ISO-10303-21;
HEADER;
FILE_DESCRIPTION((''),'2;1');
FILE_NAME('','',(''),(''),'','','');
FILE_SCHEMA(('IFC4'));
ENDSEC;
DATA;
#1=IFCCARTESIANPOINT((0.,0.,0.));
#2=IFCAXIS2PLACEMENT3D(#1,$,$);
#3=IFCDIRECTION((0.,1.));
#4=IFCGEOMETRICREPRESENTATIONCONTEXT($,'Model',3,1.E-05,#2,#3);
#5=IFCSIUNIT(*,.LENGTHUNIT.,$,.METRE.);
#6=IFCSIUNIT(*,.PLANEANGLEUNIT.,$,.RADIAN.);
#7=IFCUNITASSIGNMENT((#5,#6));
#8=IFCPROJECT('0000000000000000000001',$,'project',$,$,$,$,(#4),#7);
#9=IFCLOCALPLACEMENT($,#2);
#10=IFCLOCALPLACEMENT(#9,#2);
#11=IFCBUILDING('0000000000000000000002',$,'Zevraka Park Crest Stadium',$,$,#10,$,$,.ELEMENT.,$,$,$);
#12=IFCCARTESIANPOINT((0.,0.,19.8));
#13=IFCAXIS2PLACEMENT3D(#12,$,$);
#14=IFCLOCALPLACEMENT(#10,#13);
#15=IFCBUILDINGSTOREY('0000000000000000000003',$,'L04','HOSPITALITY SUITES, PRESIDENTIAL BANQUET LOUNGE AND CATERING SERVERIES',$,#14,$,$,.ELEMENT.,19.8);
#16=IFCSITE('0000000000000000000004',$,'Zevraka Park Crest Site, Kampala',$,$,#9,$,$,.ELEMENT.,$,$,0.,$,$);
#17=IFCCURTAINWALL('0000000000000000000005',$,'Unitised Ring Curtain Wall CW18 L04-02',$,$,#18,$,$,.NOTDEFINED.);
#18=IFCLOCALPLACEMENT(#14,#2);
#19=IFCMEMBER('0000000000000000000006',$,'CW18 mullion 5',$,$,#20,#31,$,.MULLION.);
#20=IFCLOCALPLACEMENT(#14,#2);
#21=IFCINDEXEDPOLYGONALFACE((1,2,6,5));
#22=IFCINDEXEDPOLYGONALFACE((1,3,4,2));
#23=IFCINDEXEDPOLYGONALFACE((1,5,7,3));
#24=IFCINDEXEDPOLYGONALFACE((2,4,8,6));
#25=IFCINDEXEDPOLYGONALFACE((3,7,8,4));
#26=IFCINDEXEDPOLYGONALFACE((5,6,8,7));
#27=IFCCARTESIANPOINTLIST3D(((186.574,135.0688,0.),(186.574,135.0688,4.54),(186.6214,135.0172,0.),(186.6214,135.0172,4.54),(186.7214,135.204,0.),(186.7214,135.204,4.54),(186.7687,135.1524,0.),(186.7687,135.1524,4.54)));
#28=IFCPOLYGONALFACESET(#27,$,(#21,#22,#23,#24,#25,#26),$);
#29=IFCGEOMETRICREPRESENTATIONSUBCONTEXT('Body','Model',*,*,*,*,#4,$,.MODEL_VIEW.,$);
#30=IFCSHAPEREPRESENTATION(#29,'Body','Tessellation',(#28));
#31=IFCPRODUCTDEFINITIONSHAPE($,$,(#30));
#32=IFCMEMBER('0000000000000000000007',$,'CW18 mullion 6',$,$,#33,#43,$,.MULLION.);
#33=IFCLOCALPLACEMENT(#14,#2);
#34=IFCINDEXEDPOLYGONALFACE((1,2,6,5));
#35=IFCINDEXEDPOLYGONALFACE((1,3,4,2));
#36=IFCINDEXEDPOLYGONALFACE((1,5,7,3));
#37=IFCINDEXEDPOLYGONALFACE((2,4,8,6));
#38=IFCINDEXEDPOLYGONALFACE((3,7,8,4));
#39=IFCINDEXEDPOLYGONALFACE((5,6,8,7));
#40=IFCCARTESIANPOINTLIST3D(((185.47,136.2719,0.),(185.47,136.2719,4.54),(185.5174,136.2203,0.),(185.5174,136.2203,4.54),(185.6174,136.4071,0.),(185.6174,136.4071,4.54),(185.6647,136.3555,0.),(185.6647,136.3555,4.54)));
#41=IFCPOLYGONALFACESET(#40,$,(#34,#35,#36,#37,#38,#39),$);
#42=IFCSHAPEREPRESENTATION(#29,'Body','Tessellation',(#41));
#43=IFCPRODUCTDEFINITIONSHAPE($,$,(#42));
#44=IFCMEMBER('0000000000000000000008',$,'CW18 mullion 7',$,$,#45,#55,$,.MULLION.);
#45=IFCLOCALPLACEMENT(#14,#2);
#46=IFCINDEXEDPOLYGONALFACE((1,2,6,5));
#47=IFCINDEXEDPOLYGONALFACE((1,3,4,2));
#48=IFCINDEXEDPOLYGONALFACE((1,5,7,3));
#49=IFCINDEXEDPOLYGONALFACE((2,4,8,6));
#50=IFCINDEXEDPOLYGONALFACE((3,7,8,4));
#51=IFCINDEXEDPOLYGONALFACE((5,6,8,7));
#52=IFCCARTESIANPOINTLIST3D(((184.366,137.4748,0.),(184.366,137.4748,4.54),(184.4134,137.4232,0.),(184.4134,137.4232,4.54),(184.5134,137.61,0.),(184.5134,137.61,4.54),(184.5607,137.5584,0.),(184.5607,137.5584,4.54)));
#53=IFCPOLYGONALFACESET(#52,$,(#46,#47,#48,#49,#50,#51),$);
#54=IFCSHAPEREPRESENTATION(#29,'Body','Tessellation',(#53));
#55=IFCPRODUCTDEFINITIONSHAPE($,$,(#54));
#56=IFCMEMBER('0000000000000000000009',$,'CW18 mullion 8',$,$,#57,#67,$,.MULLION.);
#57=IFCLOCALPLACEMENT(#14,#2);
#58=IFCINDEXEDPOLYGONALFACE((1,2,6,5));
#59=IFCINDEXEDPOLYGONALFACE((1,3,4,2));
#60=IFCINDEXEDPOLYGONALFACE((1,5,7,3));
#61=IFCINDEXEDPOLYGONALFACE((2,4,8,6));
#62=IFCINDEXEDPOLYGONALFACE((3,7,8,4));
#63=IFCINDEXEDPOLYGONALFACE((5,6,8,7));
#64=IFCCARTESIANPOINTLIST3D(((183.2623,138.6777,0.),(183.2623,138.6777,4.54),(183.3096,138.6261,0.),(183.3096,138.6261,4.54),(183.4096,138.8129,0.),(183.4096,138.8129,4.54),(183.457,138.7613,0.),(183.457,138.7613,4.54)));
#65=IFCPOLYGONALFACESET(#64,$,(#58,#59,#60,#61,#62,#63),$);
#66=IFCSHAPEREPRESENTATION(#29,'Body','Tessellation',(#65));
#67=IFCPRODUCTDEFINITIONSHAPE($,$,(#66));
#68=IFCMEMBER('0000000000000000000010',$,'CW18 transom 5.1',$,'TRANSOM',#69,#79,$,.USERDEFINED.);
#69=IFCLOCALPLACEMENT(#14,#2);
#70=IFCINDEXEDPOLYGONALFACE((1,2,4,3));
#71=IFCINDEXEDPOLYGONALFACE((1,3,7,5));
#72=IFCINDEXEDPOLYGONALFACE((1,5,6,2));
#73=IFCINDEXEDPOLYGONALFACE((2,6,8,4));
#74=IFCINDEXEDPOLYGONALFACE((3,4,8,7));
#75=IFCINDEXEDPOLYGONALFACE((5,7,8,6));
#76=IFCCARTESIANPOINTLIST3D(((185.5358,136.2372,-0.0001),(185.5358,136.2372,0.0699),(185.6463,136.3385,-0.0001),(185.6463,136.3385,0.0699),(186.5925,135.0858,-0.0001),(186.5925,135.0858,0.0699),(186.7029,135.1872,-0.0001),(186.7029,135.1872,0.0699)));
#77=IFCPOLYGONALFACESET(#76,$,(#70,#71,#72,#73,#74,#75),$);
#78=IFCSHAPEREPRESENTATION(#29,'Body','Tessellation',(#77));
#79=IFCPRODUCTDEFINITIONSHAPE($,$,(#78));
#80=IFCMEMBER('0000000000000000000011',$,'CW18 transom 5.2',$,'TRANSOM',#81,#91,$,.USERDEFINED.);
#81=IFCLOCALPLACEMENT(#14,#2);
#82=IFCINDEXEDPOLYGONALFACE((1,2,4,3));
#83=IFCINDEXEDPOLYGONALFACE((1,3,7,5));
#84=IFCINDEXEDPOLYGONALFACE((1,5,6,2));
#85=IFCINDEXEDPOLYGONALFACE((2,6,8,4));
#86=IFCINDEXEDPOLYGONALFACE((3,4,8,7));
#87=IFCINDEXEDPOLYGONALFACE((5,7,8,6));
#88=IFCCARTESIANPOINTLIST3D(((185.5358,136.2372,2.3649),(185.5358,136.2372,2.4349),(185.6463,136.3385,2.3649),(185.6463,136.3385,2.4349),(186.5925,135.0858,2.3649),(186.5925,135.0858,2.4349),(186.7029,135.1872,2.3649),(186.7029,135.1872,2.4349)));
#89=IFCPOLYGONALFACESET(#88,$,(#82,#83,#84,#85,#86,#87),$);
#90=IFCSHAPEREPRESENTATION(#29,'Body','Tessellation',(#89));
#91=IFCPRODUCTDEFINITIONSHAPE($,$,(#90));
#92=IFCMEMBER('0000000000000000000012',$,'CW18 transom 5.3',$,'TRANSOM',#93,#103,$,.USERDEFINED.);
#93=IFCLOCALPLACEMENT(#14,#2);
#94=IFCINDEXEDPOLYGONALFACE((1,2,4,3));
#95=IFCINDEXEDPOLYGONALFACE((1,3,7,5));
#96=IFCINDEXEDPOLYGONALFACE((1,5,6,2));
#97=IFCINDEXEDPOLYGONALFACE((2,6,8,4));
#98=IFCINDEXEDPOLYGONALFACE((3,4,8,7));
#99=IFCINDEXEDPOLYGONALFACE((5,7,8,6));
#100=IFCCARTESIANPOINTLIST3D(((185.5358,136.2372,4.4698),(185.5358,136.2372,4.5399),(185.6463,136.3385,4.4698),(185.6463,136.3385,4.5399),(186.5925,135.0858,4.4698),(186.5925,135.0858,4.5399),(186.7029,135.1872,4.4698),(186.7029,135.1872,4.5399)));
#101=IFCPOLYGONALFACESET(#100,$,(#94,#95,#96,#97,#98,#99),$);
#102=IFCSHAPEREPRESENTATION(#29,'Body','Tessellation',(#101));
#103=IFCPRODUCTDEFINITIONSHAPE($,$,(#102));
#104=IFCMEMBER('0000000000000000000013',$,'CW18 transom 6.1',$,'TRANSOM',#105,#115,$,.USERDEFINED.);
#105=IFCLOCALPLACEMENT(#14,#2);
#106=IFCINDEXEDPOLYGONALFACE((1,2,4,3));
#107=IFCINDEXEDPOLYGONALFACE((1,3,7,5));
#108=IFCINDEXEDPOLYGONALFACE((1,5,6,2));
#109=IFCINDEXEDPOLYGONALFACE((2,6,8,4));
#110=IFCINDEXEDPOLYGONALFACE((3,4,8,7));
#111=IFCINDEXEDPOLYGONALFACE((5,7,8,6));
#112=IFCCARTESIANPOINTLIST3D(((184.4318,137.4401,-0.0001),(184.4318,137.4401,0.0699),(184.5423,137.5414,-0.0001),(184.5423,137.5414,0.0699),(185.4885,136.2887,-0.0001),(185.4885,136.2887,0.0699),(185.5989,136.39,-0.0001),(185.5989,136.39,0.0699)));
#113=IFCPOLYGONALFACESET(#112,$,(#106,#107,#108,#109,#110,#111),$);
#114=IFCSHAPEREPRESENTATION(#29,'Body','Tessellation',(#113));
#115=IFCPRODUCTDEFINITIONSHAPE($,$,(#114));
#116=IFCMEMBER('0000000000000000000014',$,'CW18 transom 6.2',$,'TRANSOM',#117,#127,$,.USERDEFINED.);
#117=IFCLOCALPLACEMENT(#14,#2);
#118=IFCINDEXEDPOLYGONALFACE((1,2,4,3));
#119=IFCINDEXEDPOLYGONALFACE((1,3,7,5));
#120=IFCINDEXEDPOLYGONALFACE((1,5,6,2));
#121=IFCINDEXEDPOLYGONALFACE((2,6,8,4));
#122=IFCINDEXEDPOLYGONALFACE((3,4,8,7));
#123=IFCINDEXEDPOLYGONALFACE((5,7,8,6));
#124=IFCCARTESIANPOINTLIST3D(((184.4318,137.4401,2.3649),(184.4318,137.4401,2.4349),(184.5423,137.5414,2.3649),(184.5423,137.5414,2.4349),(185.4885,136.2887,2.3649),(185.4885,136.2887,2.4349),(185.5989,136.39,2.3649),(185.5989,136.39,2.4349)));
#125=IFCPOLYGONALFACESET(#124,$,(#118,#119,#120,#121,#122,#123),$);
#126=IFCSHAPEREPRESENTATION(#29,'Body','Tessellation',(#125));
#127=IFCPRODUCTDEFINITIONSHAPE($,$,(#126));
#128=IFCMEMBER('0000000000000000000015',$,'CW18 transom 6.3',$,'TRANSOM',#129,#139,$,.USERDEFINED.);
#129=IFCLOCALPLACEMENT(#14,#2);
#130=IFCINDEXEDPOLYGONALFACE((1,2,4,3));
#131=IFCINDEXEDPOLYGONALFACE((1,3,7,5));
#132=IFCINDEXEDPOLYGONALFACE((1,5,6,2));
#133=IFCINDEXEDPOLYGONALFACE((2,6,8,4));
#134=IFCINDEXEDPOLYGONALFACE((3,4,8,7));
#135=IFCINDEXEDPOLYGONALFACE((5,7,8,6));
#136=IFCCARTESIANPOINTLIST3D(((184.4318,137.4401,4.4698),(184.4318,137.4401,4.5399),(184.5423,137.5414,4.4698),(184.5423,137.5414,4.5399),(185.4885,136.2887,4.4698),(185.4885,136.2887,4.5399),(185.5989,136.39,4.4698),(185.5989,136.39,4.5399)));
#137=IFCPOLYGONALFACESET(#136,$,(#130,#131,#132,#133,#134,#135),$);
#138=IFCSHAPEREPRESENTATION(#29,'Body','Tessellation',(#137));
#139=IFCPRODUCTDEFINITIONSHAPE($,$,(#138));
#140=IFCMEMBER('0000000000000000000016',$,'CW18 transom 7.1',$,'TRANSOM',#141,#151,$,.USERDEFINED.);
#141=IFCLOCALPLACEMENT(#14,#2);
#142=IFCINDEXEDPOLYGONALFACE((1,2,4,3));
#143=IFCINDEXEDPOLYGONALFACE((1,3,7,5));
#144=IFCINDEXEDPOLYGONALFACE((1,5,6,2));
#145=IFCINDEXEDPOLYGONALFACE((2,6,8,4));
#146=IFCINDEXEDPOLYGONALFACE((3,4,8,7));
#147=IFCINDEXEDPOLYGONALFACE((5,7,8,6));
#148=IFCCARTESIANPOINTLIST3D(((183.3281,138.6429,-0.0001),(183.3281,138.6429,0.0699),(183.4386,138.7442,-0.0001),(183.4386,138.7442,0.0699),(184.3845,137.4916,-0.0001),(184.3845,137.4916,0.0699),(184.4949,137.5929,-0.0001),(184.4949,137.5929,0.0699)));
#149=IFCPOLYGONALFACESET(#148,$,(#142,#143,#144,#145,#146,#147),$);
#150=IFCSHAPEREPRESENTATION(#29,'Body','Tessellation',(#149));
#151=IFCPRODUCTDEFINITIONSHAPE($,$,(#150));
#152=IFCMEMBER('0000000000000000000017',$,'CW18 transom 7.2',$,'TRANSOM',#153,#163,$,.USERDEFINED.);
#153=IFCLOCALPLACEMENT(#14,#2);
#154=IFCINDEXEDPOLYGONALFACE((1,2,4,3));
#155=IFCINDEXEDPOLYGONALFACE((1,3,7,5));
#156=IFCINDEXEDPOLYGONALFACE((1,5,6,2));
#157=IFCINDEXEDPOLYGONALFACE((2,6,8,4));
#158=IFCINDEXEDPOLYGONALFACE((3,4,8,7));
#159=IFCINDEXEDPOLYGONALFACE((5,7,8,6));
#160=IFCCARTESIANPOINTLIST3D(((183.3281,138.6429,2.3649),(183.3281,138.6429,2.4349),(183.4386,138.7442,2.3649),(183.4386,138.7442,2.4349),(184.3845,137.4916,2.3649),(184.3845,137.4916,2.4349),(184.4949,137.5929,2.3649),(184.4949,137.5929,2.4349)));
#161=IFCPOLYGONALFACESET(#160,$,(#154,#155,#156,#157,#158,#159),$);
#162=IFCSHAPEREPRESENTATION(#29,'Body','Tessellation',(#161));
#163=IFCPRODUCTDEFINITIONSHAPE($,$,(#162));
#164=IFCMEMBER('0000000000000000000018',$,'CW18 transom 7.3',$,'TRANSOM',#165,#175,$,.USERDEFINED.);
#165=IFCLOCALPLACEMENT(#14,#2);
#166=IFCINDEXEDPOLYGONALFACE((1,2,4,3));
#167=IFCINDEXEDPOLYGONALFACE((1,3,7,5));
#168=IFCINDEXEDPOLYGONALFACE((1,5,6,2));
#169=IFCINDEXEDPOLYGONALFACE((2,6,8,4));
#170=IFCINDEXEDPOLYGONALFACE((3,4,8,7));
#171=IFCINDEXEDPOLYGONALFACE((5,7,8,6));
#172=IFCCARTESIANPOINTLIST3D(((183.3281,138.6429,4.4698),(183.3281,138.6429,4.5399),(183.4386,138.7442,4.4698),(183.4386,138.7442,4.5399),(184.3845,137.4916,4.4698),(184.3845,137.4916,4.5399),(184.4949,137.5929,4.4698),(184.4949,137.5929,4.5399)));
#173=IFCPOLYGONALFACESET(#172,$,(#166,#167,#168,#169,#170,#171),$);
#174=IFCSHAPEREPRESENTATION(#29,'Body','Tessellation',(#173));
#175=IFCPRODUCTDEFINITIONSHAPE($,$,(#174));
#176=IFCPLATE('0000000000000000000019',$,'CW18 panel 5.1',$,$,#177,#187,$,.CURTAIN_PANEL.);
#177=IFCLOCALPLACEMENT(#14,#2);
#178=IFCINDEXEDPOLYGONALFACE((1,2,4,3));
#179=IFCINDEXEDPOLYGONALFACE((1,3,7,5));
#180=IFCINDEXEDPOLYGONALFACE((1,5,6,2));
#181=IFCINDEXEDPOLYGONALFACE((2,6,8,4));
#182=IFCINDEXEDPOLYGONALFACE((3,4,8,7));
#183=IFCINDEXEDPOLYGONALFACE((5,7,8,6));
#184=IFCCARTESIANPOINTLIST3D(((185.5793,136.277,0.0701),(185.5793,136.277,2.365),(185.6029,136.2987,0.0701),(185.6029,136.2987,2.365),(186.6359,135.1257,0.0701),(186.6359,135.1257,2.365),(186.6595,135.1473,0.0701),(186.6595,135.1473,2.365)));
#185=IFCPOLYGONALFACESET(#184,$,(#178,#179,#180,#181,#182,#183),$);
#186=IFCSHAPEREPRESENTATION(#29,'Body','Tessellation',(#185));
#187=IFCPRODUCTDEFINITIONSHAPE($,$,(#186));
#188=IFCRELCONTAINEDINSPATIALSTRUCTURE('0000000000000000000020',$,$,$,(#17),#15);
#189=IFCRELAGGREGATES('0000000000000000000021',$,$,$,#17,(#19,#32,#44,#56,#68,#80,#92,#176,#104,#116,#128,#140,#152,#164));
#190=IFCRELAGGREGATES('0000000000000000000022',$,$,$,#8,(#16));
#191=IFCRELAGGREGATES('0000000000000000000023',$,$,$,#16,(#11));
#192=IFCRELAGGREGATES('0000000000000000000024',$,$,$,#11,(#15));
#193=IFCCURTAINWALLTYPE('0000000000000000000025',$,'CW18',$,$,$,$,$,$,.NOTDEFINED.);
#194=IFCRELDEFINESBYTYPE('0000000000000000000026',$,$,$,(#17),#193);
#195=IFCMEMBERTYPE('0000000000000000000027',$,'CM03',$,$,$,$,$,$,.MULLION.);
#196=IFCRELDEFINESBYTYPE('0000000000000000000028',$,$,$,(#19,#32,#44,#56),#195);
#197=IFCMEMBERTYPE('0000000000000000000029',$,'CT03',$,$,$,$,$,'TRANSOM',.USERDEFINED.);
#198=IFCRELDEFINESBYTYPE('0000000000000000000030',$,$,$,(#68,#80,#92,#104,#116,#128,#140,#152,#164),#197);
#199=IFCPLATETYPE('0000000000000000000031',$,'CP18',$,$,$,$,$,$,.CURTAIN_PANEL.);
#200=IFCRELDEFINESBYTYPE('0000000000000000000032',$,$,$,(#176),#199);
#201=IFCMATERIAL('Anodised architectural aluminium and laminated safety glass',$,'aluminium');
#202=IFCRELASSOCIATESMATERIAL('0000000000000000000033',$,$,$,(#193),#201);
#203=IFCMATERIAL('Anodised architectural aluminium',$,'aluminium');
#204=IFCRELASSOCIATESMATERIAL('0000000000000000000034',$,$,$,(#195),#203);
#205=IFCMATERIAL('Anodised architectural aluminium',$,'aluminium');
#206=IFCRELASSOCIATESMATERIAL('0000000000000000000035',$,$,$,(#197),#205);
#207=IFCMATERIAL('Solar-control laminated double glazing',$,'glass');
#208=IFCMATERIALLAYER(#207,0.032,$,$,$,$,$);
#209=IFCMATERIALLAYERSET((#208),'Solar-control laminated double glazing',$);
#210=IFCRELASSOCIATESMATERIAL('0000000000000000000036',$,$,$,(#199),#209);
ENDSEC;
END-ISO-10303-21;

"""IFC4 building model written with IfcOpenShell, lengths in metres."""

from ifc_helpers import new_model, si_unit, direction, frame, origin, origin_2d, place, context, subcontext, project, spatial, rectangle, extrude, material, layer, layer_set, material_profile, profile_set, type_object, element, aggregate, save


model = new_model("IFC4")

# Units and contexts
model_context = context("Model", 3, precision=1e-05, world=origin(), true_north=direction((0.0, 1.0)))
body_context = subcontext(model_context, "Body", "Model", "MODEL_VIEW")
ifc_project = project(units=[si_unit("LENGTHUNIT", "METRE"), si_unit("PLANEANGLEUNIT", "RADIAN")], contexts=[model_context])

# Site, building, storey
site_placement = place(None, origin())
site = spatial("IfcSite", under=ifc_project, at=site_placement, Name="Zevraka Park Crest Site, Kampala", CompositionType="ELEMENT", RefElevation=0.0)
building_placement = place(site_placement, origin())
building = spatial("IfcBuilding", under=site, at=building_placement, Name="Zevraka Park Crest Stadium", CompositionType="ELEMENT")
storey_placement = place(building_placement, frame((0.0, 0.0, 19.8)))
storey = spatial("IfcBuildingStorey", under=building, at=storey_placement, Name="L04", Description="HOSPITALITY SUITES, PRESIDENTIAL BANQUET LOUNGE AND CATERING SERVERIES", CompositionType="ELEMENT", Elevation=19.8)

# Curtain wall, members, plate
ifc_material_1 = material(Name="Anodised architectural aluminium and laminated safety glass", Category="aluminium")
curtain_wall_type = type_object("IfcCurtainWallType", Name="CW18", PredefinedType="NOTDEFINED", material=ifc_material_1)
curtain_wall_placement = place(storey_placement, origin())
curtain_wall = element("IfcCurtainWall", 1, at=curtain_wall_placement, inside=storey, type_object=curtain_wall_type, Name="Unitised Ring Curtain Wall CW18 L04-02", PredefinedType="NOTDEFINED")
ifc_material_2 = material(Name="Anodised architectural aluminium", Category="aluminium")
ifc_material_profile_1 = material_profile(ifc_material_2, rectangle(XDim=0.2, YDim=0.0701, at=origin_2d()), Name="ALU MULLION 200x70")
ifc_profile_set_1 = profile_set([ifc_material_profile_1], Name="Anodised architectural aluminium")
member_type_1 = type_object("IfcMemberType", Name="CM03", PredefinedType="MULLION", material=ifc_profile_set_1)
member_1_placement = place(storey_placement, frame((186.6714, 135.1106, 0.0), z_axis=(0.0, 0.0, 1.0), x_axis=(-0.736775, -0.676138, 0.0)))
member_1 = element("IfcMember", 2, at=member_1_placement, type_object=member_type_1, Name="CW18 mullion 5", PredefinedType="MULLION", context=body_context, shape_type="SweptSolid", body=[
    extrude(rectangle(XDim=0.2, YDim=0.0701, at=origin_2d()), origin(), (0.0, 0.0, 1.0), 4.54),
])
member_2_placement = place(storey_placement, frame((185.5674, 136.3137, 0.0), z_axis=(0.0, 0.0, 1.0), x_axis=(-0.736775, -0.676138, 0.0)))
member_2 = element("IfcMember", 3, at=member_2_placement, type_object=member_type_1, Name="CW18 mullion 6", PredefinedType="MULLION", context=body_context, shape_type="SweptSolid", body=[
    extrude(rectangle(XDim=0.2, YDim=0.0701, at=origin_2d()), origin(), (0.0, 0.0, 1.0), 4.54),
])
member_3_placement = place(storey_placement, frame((184.4634, 137.5166, 0.0), z_axis=(0.0, 0.0, 1.0), x_axis=(-0.736775, -0.676138, 0.0)))
member_3 = element("IfcMember", 4, at=member_3_placement, type_object=member_type_1, Name="CW18 mullion 7", PredefinedType="MULLION", context=body_context, shape_type="SweptSolid", body=[
    extrude(rectangle(XDim=0.2, YDim=0.0701, at=origin_2d()), origin(), (0.0, 0.0, 1.0), 4.54),
])
member_4_placement = place(storey_placement, frame((183.3596, 138.7195, 0.0), z_axis=(0.0, 0.0, 1.0), x_axis=(-0.736775, -0.676138, 0.0)))
member_4 = element("IfcMember", 5, at=member_4_placement, type_object=member_type_1, Name="CW18 mullion 8", PredefinedType="MULLION", context=body_context, shape_type="SweptSolid", body=[
    extrude(rectangle(XDim=0.2, YDim=0.0701, at=origin_2d()), origin(), (0.0, 0.0, 1.0), 4.54),
])
ifc_material_3 = material(Name="Anodised architectural aluminium", Category="aluminium")
ifc_material_profile_2 = material_profile(ifc_material_3, rectangle(XDim=0.1499, YDim=0.0701, at=origin_2d()), Name="ALU TRANSOM 150x70")
ifc_profile_set_2 = profile_set([ifc_material_profile_2], Name="Anodised architectural aluminium")
member_type_2 = type_object("IfcMemberType", Name="CT03", ElementType="TRANSOM", PredefinedType="USERDEFINED", material=ifc_profile_set_2)
member_5_placement = place(storey_placement, frame((186.6477, 135.1365, 0.0349), z_axis=(-0.676149, 0.736765, 0.0), x_axis=(-0.736765, -0.676149, 0.0)))
member_5 = element("IfcMember", 6, at=member_5_placement, type_object=member_type_2, Name="CW18 transom 5.1", ObjectType="TRANSOM", PredefinedType="USERDEFINED", context=body_context, shape_type="SweptSolid", body=[
    extrude(rectangle(XDim=0.1499, YDim=0.0701, at=origin_2d()), origin(), (0.0, 0.0, 1.0), 1.5627),
])
member_6_placement = place(storey_placement, frame((186.6477, 135.1365, 2.3999), z_axis=(-0.676149, 0.736765, 0.0), x_axis=(-0.736765, -0.676149, 0.0)))
member_6 = element("IfcMember", 7, at=member_6_placement, type_object=member_type_2, Name="CW18 transom 5.2", ObjectType="TRANSOM", PredefinedType="USERDEFINED", context=body_context, shape_type="SweptSolid", body=[
    extrude(rectangle(XDim=0.1499, YDim=0.0701, at=origin_2d()), origin(), (0.0, 0.0, 1.0), 1.5627),
])
member_7_placement = place(storey_placement, frame((186.6477, 135.1365, 4.5049), z_axis=(-0.676149, 0.736765, 0.0), x_axis=(-0.736765, -0.676149, 0.0)))
member_7 = element("IfcMember", 8, at=member_7_placement, type_object=member_type_2, Name="CW18 transom 5.3", ObjectType="TRANSOM", PredefinedType="USERDEFINED", context=body_context, shape_type="SweptSolid", body=[
    extrude(rectangle(XDim=0.1499, YDim=0.0701, at=origin_2d()), origin(), (0.0, 0.0, 1.0), 1.5627),
])
member_8_placement = place(storey_placement, frame((185.5437, 136.3394, 0.0349), z_axis=(-0.676149, 0.736765, 0.0), x_axis=(-0.736765, -0.676149, 0.0)))
member_8 = element("IfcMember", 9, at=member_8_placement, type_object=member_type_2, Name="CW18 transom 6.1", ObjectType="TRANSOM", PredefinedType="USERDEFINED", context=body_context, shape_type="SweptSolid", body=[
    extrude(rectangle(XDim=0.1499, YDim=0.0701, at=origin_2d()), origin(), (0.0, 0.0, 1.0), 1.5627),
])
member_9_placement = place(storey_placement, frame((185.5437, 136.3394, 2.3999), z_axis=(-0.676149, 0.736765, 0.0), x_axis=(-0.736765, -0.676149, 0.0)))
member_9 = element("IfcMember", 10, at=member_9_placement, type_object=member_type_2, Name="CW18 transom 6.2", ObjectType="TRANSOM", PredefinedType="USERDEFINED", context=body_context, shape_type="SweptSolid", body=[
    extrude(rectangle(XDim=0.1499, YDim=0.0701, at=origin_2d()), origin(), (0.0, 0.0, 1.0), 1.5627),
])
member_10_placement = place(storey_placement, frame((185.5437, 136.3394, 4.5049), z_axis=(-0.676149, 0.736765, 0.0), x_axis=(-0.736765, -0.676149, 0.0)))
member_10 = element("IfcMember", 11, at=member_10_placement, type_object=member_type_2, Name="CW18 transom 6.3", ObjectType="TRANSOM", PredefinedType="USERDEFINED", context=body_context, shape_type="SweptSolid", body=[
    extrude(rectangle(XDim=0.1499, YDim=0.0701, at=origin_2d()), origin(), (0.0, 0.0, 1.0), 1.5627),
])
member_11_placement = place(storey_placement, frame((184.4397, 137.5422, 0.0349), z_axis=(-0.676064, 0.736843, 0.0), x_axis=(-0.736843, -0.676064, 0.0)))
member_11 = element("IfcMember", 12, at=member_11_placement, type_object=member_type_2, Name="CW18 transom 7.1", ObjectType="TRANSOM", PredefinedType="USERDEFINED", context=body_context, shape_type="SweptSolid", body=[
    extrude(rectangle(XDim=0.1499, YDim=0.0701, at=origin_2d()), origin(), (0.0, 0.0, 1.0), 1.5625),
])
member_12_placement = place(storey_placement, frame((184.4397, 137.5422, 2.3999), z_axis=(-0.676064, 0.736843, 0.0), x_axis=(-0.736843, -0.676064, 0.0)))
member_12 = element("IfcMember", 13, at=member_12_placement, type_object=member_type_2, Name="CW18 transom 7.2", ObjectType="TRANSOM", PredefinedType="USERDEFINED", context=body_context, shape_type="SweptSolid", body=[
    extrude(rectangle(XDim=0.1499, YDim=0.0701, at=origin_2d()), origin(), (0.0, 0.0, 1.0), 1.5625),
])
member_13_placement = place(storey_placement, frame((184.4397, 137.5422, 4.5049), z_axis=(-0.676064, 0.736843, 0.0), x_axis=(-0.736843, -0.676064, 0.0)))
member_13 = element("IfcMember", 14, at=member_13_placement, type_object=member_type_2, Name="CW18 transom 7.3", ObjectType="TRANSOM", PredefinedType="USERDEFINED", context=body_context, shape_type="SweptSolid", body=[
    extrude(rectangle(XDim=0.1499, YDim=0.0701, at=origin_2d()), origin(), (0.0, 0.0, 1.0), 1.5625),
])
ifc_material_4 = material(Name="Solar-control laminated double glazing", Category="glass")
ifc_layer_1 = layer(ifc_material_4, 0.032)
ifc_layer_set_1 = layer_set([ifc_layer_1], Name="Solar-control laminated double glazing")
plate_type = type_object("IfcPlateType", Name="CP18", PredefinedType="CURTAIN_PANEL", material=ifc_layer_set_1)
plate_1_placement = place(storey_placement, frame((186.1194, 135.7122, 0.0701), z_axis=(0.0, 0.0, 1.0), x_axis=(-0.676138, 0.736775, 0.0)))
plate_1 = element("IfcPlate", 15, at=plate_1_placement, type_object=plate_type, Name="CW18 panel 5.1", PredefinedType="CURTAIN_PANEL", context=body_context, shape_type="SweptSolid", body=[
    extrude(rectangle(XDim=1.5627, YDim=0.032, at=origin_2d()), origin(), (0.0, 0.0, 1.0), 2.2949),
])
aggregate(curtain_wall, [member_1, member_2, member_3, member_4, member_5, member_6, member_7, plate_1, member_8, member_9, member_10, member_11, member_12, member_13])

save(model, "model.ifc")
